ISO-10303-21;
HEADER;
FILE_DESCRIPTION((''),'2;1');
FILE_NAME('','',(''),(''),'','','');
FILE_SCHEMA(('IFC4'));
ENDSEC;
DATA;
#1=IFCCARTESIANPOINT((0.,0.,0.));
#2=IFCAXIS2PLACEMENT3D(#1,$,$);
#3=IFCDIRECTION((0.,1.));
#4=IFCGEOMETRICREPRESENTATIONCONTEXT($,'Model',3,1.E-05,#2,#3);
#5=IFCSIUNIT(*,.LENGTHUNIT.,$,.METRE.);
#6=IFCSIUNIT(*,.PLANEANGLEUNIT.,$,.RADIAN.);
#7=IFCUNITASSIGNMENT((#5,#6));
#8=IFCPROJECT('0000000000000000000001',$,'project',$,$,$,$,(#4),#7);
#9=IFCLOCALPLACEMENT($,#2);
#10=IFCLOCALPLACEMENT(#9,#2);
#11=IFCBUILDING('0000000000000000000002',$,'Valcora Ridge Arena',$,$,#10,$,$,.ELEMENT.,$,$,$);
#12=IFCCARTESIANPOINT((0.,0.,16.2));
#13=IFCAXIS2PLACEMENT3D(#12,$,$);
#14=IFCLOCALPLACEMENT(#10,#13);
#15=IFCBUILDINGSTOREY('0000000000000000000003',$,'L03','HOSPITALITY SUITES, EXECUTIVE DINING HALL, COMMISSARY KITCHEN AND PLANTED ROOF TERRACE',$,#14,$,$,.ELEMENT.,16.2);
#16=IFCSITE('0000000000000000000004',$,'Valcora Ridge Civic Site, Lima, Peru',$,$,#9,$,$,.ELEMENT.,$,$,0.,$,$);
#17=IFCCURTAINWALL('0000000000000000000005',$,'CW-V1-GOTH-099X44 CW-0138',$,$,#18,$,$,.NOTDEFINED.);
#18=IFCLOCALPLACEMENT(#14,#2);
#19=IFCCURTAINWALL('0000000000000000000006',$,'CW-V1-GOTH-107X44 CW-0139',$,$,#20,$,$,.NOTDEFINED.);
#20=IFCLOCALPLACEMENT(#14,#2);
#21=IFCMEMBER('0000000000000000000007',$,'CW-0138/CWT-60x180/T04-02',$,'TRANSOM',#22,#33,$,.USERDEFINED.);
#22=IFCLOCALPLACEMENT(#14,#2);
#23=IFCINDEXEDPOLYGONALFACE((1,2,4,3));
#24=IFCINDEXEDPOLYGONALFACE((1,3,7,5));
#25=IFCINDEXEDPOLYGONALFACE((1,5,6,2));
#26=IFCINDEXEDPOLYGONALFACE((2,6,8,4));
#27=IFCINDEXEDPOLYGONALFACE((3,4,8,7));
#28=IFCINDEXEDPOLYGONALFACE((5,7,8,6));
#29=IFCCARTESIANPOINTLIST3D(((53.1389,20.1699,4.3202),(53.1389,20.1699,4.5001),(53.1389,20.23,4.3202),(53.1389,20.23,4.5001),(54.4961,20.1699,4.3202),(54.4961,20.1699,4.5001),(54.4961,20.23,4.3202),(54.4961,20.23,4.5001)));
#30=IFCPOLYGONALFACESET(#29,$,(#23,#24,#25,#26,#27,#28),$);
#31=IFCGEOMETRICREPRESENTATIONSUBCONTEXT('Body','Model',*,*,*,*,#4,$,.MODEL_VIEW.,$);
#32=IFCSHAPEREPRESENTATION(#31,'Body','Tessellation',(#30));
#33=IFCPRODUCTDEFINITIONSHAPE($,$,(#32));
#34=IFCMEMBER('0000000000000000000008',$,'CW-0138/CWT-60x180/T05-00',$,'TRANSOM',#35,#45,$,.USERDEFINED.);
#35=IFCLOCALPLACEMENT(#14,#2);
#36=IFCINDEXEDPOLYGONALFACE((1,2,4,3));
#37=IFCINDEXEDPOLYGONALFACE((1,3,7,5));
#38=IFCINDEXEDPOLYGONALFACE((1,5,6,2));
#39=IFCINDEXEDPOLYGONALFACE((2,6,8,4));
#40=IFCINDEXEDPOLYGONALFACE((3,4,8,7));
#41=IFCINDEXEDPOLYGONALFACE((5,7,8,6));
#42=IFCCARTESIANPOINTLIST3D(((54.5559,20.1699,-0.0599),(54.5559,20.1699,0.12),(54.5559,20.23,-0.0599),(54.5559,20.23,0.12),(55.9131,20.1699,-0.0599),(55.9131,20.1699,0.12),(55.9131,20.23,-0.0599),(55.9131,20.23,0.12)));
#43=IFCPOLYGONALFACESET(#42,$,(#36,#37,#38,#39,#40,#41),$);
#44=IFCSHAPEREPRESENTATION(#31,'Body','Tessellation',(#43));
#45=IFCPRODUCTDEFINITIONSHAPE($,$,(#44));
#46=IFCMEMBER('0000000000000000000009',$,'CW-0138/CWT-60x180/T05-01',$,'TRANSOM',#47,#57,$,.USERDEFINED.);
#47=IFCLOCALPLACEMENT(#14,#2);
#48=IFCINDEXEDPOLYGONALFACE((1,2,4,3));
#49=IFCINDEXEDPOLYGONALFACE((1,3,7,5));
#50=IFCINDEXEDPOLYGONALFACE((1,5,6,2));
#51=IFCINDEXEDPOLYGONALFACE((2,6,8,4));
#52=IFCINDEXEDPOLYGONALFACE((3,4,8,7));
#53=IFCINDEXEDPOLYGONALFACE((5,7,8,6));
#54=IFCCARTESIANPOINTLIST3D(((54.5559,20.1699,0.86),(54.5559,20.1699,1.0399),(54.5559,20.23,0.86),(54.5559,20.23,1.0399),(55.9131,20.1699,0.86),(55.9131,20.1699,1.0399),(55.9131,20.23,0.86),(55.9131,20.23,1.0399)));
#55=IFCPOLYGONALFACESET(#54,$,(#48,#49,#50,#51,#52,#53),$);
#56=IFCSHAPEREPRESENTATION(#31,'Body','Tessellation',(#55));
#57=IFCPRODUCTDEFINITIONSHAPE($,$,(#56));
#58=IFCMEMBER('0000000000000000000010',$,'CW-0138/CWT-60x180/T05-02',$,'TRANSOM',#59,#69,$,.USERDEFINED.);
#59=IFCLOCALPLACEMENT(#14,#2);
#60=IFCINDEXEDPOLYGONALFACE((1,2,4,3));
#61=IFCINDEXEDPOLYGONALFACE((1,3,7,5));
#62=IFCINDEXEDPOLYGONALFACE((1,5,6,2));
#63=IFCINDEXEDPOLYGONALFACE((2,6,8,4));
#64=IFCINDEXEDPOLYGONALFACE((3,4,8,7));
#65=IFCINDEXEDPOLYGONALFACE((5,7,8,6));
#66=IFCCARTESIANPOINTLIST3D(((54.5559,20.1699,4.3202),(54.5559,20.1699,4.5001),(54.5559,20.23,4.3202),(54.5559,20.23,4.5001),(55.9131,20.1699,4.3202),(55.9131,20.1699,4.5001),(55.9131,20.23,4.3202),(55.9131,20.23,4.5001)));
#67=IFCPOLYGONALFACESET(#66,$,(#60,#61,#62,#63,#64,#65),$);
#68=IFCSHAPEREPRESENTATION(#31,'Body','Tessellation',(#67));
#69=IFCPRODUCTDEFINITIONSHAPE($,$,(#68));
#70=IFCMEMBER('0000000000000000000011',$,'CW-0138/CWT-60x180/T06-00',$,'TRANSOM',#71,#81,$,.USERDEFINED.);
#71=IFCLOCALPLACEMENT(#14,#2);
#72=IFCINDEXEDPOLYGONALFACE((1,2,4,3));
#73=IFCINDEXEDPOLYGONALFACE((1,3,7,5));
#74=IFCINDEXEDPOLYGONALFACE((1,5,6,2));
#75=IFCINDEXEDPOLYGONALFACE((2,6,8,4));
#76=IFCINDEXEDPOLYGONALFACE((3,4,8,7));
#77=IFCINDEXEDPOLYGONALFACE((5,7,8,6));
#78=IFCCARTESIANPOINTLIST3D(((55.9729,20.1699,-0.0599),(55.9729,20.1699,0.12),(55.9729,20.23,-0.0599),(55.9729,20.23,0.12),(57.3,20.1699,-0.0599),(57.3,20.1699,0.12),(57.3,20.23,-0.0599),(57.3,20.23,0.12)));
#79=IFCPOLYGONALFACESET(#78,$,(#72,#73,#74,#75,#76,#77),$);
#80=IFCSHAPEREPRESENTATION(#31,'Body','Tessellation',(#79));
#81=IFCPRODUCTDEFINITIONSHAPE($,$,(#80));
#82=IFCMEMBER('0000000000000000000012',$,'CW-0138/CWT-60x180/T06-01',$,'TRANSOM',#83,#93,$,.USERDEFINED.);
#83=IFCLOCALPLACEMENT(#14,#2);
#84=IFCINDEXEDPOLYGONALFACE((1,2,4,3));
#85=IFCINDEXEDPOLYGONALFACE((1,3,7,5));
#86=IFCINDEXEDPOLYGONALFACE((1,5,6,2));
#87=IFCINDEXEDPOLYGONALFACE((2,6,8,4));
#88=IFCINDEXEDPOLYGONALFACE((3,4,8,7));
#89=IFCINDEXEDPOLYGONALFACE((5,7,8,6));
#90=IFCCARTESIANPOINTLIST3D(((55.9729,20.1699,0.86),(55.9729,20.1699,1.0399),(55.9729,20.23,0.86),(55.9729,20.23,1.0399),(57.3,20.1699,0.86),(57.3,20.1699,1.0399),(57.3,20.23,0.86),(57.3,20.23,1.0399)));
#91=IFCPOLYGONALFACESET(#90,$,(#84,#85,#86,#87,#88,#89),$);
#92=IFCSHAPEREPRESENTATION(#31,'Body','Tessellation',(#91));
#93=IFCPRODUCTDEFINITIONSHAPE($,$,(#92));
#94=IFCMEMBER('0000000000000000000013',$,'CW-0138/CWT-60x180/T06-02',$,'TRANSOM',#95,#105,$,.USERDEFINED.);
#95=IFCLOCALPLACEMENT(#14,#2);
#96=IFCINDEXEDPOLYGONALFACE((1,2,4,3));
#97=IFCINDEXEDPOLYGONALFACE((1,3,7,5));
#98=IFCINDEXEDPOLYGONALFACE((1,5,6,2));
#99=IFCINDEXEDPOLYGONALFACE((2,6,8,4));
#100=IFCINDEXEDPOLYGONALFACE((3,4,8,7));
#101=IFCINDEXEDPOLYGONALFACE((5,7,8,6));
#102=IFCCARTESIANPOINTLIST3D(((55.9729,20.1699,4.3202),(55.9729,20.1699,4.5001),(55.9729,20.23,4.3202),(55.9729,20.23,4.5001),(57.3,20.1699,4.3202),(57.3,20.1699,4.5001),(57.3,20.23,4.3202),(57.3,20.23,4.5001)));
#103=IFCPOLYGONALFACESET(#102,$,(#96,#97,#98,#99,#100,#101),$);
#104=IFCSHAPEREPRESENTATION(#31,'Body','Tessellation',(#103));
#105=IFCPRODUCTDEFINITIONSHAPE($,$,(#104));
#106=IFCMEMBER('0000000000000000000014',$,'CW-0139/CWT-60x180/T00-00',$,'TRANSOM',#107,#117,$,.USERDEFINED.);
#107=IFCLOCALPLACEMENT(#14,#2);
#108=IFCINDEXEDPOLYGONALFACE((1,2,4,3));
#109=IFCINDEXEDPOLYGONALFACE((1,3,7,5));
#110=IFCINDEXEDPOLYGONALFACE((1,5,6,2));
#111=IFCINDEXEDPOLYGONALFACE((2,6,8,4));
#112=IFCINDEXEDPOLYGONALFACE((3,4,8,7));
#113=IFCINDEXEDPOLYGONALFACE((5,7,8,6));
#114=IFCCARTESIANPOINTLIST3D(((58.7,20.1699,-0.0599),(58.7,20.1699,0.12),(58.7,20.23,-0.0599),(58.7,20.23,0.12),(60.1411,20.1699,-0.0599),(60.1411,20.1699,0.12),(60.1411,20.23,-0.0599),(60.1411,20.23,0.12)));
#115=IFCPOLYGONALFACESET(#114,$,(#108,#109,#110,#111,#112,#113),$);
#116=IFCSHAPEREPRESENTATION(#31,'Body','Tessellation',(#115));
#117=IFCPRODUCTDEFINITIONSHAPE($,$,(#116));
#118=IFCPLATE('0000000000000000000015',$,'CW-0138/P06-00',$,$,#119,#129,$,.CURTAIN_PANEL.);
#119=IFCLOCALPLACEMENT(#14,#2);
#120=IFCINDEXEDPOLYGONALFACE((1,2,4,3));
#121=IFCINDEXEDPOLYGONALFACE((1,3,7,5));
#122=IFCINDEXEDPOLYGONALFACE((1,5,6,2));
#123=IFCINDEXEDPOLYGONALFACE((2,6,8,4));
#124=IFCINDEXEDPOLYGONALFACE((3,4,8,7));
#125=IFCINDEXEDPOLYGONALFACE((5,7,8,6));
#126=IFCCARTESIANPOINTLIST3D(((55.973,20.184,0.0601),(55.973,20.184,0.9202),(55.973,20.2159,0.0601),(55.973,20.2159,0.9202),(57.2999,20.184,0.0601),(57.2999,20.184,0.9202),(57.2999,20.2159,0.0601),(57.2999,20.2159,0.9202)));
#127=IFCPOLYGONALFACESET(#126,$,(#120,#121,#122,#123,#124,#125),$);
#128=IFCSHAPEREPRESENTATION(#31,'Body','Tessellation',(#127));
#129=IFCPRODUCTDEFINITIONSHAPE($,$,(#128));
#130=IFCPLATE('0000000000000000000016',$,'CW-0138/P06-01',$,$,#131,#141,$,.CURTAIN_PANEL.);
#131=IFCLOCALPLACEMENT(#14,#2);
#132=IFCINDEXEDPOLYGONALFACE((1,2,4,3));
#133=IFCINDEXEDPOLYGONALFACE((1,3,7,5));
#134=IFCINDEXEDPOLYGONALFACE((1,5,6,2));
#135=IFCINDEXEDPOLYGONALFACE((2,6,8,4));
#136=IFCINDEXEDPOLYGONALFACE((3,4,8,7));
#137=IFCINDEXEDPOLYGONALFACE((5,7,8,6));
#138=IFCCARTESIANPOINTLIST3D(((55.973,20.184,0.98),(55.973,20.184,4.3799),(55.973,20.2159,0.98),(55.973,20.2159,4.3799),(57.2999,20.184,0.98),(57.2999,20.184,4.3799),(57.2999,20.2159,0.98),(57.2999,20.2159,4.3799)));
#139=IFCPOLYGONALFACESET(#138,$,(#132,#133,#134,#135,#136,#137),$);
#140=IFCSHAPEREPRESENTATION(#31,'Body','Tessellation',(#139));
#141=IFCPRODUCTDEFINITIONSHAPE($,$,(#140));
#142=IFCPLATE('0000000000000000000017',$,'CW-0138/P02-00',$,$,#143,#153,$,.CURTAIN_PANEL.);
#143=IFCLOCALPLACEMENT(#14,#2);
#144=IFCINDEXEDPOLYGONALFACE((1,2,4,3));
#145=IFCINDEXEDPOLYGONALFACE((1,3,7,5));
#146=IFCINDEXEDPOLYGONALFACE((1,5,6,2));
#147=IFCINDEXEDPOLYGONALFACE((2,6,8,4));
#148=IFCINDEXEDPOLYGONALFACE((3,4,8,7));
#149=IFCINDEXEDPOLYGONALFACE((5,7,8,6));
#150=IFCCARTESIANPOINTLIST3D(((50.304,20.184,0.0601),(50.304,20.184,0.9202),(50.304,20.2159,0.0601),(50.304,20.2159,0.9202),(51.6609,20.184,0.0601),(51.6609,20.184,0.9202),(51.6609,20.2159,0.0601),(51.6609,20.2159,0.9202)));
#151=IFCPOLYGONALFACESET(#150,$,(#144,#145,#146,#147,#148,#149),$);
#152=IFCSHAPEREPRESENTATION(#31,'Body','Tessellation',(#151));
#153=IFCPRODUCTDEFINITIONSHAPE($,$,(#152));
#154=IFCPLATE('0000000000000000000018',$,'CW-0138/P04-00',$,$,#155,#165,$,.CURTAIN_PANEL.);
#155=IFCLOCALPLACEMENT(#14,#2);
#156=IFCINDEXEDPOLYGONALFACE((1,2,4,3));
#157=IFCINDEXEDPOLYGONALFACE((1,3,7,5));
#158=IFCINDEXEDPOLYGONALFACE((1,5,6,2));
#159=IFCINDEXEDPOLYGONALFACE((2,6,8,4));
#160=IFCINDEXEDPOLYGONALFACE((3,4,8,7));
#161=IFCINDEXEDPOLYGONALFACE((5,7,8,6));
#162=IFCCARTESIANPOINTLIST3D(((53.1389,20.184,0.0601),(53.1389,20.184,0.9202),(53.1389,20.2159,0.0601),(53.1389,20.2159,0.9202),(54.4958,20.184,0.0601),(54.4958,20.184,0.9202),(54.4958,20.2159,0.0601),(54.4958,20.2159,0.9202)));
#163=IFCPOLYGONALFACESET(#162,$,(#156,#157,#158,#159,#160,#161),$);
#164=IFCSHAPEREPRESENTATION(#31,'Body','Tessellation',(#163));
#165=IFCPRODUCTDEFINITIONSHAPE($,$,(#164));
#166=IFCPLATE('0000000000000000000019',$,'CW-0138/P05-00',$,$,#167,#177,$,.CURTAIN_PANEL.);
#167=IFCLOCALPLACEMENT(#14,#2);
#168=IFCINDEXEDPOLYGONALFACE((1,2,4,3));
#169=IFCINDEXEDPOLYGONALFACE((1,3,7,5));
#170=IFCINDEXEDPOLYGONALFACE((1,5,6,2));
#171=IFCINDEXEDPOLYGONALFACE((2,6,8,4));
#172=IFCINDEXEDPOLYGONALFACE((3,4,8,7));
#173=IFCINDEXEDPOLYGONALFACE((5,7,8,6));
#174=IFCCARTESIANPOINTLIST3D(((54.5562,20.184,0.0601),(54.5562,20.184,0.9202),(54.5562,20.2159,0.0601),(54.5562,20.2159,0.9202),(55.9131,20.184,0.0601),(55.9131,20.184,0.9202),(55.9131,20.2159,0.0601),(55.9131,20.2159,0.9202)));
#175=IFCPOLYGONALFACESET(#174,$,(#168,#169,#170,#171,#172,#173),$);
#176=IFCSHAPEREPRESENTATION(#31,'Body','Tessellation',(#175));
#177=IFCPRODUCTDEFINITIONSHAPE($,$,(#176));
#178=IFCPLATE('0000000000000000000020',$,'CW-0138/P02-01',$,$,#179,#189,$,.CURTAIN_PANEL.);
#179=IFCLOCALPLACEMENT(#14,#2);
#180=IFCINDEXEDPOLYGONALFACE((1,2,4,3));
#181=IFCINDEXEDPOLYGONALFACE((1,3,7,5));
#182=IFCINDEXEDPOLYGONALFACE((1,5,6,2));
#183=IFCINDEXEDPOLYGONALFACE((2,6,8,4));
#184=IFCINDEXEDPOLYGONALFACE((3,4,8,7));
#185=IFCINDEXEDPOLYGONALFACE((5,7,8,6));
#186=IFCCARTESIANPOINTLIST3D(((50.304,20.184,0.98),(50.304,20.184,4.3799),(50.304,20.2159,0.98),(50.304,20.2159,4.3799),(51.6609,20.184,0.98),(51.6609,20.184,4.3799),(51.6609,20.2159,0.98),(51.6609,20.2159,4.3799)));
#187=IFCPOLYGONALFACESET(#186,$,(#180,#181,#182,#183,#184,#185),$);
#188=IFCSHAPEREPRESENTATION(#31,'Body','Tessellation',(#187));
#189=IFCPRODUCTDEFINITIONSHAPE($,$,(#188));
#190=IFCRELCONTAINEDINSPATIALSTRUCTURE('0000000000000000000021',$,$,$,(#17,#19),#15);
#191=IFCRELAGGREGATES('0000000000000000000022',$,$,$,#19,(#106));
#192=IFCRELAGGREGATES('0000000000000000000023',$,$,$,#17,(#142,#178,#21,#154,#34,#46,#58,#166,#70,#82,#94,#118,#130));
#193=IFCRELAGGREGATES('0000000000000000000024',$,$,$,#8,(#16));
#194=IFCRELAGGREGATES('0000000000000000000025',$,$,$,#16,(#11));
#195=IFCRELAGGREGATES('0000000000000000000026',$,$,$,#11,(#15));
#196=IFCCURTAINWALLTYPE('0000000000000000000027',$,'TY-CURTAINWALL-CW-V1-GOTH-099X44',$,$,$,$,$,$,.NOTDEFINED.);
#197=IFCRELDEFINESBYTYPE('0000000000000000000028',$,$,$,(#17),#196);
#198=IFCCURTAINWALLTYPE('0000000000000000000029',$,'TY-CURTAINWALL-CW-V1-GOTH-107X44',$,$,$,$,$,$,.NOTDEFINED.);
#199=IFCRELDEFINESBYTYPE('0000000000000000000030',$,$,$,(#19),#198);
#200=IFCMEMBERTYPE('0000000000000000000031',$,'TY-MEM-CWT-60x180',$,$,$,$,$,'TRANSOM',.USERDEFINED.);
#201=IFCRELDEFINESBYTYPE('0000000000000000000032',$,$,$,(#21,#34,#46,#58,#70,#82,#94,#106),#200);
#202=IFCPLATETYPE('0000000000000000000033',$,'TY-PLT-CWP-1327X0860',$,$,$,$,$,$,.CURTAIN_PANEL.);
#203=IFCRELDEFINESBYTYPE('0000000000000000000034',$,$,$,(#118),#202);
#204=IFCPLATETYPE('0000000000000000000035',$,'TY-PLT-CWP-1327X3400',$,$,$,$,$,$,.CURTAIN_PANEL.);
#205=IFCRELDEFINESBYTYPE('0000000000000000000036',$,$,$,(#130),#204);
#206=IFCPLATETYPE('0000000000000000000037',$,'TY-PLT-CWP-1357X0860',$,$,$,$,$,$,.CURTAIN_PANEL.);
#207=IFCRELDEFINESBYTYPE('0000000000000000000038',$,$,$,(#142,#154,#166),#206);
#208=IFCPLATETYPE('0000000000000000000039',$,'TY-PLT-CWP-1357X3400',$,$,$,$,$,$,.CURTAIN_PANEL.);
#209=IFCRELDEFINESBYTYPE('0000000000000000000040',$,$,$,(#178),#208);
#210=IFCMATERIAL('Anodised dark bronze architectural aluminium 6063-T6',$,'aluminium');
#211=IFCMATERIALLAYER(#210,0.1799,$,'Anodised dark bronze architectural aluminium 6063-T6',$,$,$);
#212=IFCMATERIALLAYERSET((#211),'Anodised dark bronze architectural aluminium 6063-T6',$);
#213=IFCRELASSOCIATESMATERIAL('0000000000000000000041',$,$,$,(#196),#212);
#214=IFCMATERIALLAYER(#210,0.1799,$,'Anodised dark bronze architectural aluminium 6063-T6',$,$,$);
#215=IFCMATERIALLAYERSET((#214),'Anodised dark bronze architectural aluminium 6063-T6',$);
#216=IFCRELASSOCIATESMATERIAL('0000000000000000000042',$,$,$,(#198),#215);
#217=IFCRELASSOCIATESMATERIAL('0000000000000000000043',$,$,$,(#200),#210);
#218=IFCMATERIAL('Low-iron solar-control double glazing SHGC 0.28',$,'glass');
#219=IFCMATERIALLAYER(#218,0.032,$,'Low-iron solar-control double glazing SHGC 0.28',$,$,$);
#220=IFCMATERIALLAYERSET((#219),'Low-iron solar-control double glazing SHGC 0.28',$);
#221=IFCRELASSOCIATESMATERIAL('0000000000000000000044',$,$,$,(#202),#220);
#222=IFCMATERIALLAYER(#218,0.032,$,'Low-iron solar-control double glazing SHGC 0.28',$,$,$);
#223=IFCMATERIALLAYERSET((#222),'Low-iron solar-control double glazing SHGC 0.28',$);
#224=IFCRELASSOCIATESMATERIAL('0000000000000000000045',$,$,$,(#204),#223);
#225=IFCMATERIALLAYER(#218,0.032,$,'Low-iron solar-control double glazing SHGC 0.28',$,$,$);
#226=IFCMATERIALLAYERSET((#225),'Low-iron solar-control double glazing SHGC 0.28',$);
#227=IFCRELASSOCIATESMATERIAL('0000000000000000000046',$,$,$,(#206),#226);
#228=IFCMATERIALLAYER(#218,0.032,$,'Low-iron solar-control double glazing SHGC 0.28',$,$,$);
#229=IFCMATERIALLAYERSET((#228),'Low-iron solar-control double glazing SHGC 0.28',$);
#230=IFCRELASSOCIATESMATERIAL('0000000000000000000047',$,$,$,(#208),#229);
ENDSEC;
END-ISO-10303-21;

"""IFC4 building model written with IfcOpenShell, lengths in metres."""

from ifc_helpers import new_model, si_unit, direction, frame, origin, origin_2d, place, context, subcontext, project, spatial, rectangle, extrude, material, layer, layer_set, material_profile, profile_set, type_object, element, aggregate, save


model = new_model("IFC4")

# Units and contexts
model_context = context("Model", 3, precision=1e-05, world=origin(), true_north=direction((0.0, 1.0)))
body_context = subcontext(model_context, "Body", "Model", "MODEL_VIEW")
ifc_project = project(units=[si_unit("LENGTHUNIT", "METRE"), si_unit("PLANEANGLEUNIT", "RADIAN")], contexts=[model_context])

# Site, building, storey
site_placement = place(None, origin())
site = spatial("IfcSite", under=ifc_project, at=site_placement, Name="Valcora Ridge Civic Site, Lima, Peru", CompositionType="ELEMENT", RefElevation=0.0)
building_placement = place(site_placement, origin())
building = spatial("IfcBuilding", under=site, at=building_placement, Name="Valcora Ridge Arena", CompositionType="ELEMENT")
storey_placement = place(building_placement, frame((0.0, 0.0, 16.2)))
storey = spatial("IfcBuildingStorey", under=building, at=storey_placement, Name="L03", Description="HOSPITALITY SUITES, EXECUTIVE DINING HALL, COMMISSARY KITCHEN AND PLANTED ROOF TERRACE", CompositionType="ELEMENT", Elevation=16.2)

# Curtain wall
ifc_material_1 = material(Name="Anodised dark bronze architectural aluminium 6063-T6", Category="aluminium")
ifc_layer_1 = layer(ifc_material_1, 0.1799, Name="Anodised dark bronze architectural aluminium 6063-T6")
ifc_layer_set_1 = layer_set([ifc_layer_1], Name="Anodised dark bronze architectural aluminium 6063-T6")
curtain_wall_type_1 = type_object("IfcCurtainWallType", Name="TY-CURTAINWALL-CW-V1-GOTH-099X44", PredefinedType="NOTDEFINED", material=ifc_layer_set_1)
curtain_wall_1_placement = place(storey_placement, origin())
curtain_wall_1 = element("IfcCurtainWall", 1, at=curtain_wall_1_placement, inside=storey, type_object=curtain_wall_type_1, Name="CW-V1-GOTH-099X44 CW-0138", PredefinedType="NOTDEFINED")

# Curtain wall
ifc_layer_2 = layer(ifc_material_1, 0.1799, Name="Anodised dark bronze architectural aluminium 6063-T6")
ifc_layer_set_2 = layer_set([ifc_layer_2], Name="Anodised dark bronze architectural aluminium 6063-T6")
curtain_wall_type_2 = type_object("IfcCurtainWallType", Name="TY-CURTAINWALL-CW-V1-GOTH-107X44", PredefinedType="NOTDEFINED", material=ifc_layer_set_2)
curtain_wall_2_placement = place(storey_placement, origin())
curtain_wall_2 = element("IfcCurtainWall", 2, at=curtain_wall_2_placement, inside=storey, type_object=curtain_wall_type_2, Name="CW-V1-GOTH-107X44 CW-0139", PredefinedType="NOTDEFINED")

# Members
ifc_material_profile_1 = material_profile(ifc_material_1, rectangle(XDim=0.0601, YDim=0.1799, at=origin_2d()), Name="ALU TRANSOM 60x180")
ifc_profile_set_1 = profile_set([ifc_material_profile_1], Name="Anodised dark bronze architectural aluminium 6063-T6")
member_type_1 = type_object("IfcMemberType", Name="TY-MEM-CWT-60x180", ElementType="TRANSOM", PredefinedType="USERDEFINED", material=ifc_profile_set_1)
member_1_placement = place(storey_placement, frame((53.1389, 20.2, 4.4102), z_axis=(1.0, 0.0, 0.0), x_axis=(0.0, 1.0, 0.0)))
member_1 = element("IfcMember", 3, at=member_1_placement, type_object=member_type_1, Name="CW-0138/CWT-60x180/T04-02", ObjectType="TRANSOM", PredefinedType="USERDEFINED", context=body_context, shape_type="SweptSolid", body=[
    extrude(rectangle(XDim=0.0601, YDim=0.1799, at=origin_2d()), origin(), (0.0, 0.0, 1.0), 1.3572),
])
member_2_placement = place(storey_placement, frame((54.5559, 20.2, 0.03), z_axis=(1.0, 0.0, 0.0), x_axis=(0.0, 1.0, 0.0)))
member_2 = element("IfcMember", 4, at=member_2_placement, type_object=member_type_1, Name="CW-0138/CWT-60x180/T05-00", ObjectType="TRANSOM", PredefinedType="USERDEFINED", context=body_context, shape_type="SweptSolid", body=[
    extrude(rectangle(XDim=0.0601, YDim=0.1799, at=origin_2d()), origin(), (0.0, 0.0, 1.0), 1.3572),
])
member_3_placement = place(storey_placement, frame((54.5559, 20.2, 0.95), z_axis=(1.0, 0.0, 0.0), x_axis=(0.0, 1.0, 0.0)))
member_3 = element("IfcMember", 5, at=member_3_placement, type_object=member_type_1, Name="CW-0138/CWT-60x180/T05-01", ObjectType="TRANSOM", PredefinedType="USERDEFINED", context=body_context, shape_type="SweptSolid", body=[
    extrude(rectangle(XDim=0.0601, YDim=0.1799, at=origin_2d()), origin(), (0.0, 0.0, 1.0), 1.3572),
])
member_4_placement = place(storey_placement, frame((54.5559, 20.2, 4.4102), z_axis=(1.0, 0.0, 0.0), x_axis=(0.0, 1.0, 0.0)))
member_4 = element("IfcMember", 6, at=member_4_placement, type_object=member_type_1, Name="CW-0138/CWT-60x180/T05-02", ObjectType="TRANSOM", PredefinedType="USERDEFINED", context=body_context, shape_type="SweptSolid", body=[
    extrude(rectangle(XDim=0.0601, YDim=0.1799, at=origin_2d()), origin(), (0.0, 0.0, 1.0), 1.3572),
])
member_5_placement = place(storey_placement, frame((55.9729, 20.2, 0.03), z_axis=(1.0, 0.0, 0.0), x_axis=(0.0, 1.0, 0.0)))
member_5 = element("IfcMember", 7, at=member_5_placement, type_object=member_type_1, Name="CW-0138/CWT-60x180/T06-00", ObjectType="TRANSOM", PredefinedType="USERDEFINED", context=body_context, shape_type="SweptSolid", body=[
    extrude(rectangle(XDim=0.0601, YDim=0.1799, at=origin_2d()), origin(), (0.0, 0.0, 1.0), 1.3271),
])
member_6_placement = place(storey_placement, frame((55.9729, 20.2, 0.95), z_axis=(1.0, 0.0, 0.0), x_axis=(0.0, 1.0, 0.0)))
member_6 = element("IfcMember", 8, at=member_6_placement, type_object=member_type_1, Name="CW-0138/CWT-60x180/T06-01", ObjectType="TRANSOM", PredefinedType="USERDEFINED", context=body_context, shape_type="SweptSolid", body=[
    extrude(rectangle(XDim=0.0601, YDim=0.1799, at=origin_2d()), origin(), (0.0, 0.0, 1.0), 1.3271),
])
member_7_placement = place(storey_placement, frame((55.9729, 20.2, 4.4102), z_axis=(1.0, 0.0, 0.0), x_axis=(0.0, 1.0, 0.0)))
member_7 = element("IfcMember", 9, at=member_7_placement, type_object=member_type_1, Name="CW-0138/CWT-60x180/T06-02", ObjectType="TRANSOM", PredefinedType="USERDEFINED", context=body_context, shape_type="SweptSolid", body=[
    extrude(rectangle(XDim=0.0601, YDim=0.1799, at=origin_2d()), origin(), (0.0, 0.0, 1.0), 1.3271),
])
member_8_placement = place(storey_placement, frame((58.7, 20.2, 0.03), z_axis=(1.0, 0.0, 0.0), x_axis=(0.0, 1.0, 0.0)))
member_8 = element("IfcMember", 10, at=member_8_placement, type_object=member_type_1, Name="CW-0139/CWT-60x180/T00-00", ObjectType="TRANSOM", PredefinedType="USERDEFINED", context=body_context, shape_type="SweptSolid", body=[
    extrude(rectangle(XDim=0.0601, YDim=0.1799, at=origin_2d()), origin(), (0.0, 0.0, 1.0), 1.4412),
])
aggregate(curtain_wall_2, [member_8])

# Plates
ifc_material_2 = material(Name="Low-iron solar-control double glazing SHGC 0.28", Category="glass")
ifc_layer_3 = layer(ifc_material_2, 0.032, Name="Low-iron solar-control double glazing SHGC 0.28")
ifc_layer_set_3 = layer_set([ifc_layer_3], Name="Low-iron solar-control double glazing SHGC 0.28")
plate_type_1 = type_object("IfcPlateType", Name="TY-PLT-CWP-1327X0860", PredefinedType="CURTAIN_PANEL", material=ifc_layer_set_3)
plate_1_placement = place(storey_placement, frame((56.6365, 20.2, 0.0601), z_axis=(0.0, 0.0, 1.0), x_axis=(1.0, 0.0, 0.0)))
plate_1 = element("IfcPlate", 11, at=plate_1_placement, type_object=plate_type_1, Name="CW-0138/P06-00", PredefinedType="CURTAIN_PANEL", context=body_context, shape_type="SweptSolid", body=[
    extrude(rectangle(XDim=1.3269, YDim=0.032, at=origin_2d()), origin(), (0.0, 0.0, 1.0), 0.8601),
])
ifc_layer_4 = layer(ifc_material_2, 0.032, Name="Low-iron solar-control double glazing SHGC 0.28")
ifc_layer_set_4 = layer_set([ifc_layer_4], Name="Low-iron solar-control double glazing SHGC 0.28")
plate_type_2 = type_object("IfcPlateType", Name="TY-PLT-CWP-1327X3400", PredefinedType="CURTAIN_PANEL", material=ifc_layer_set_4)
plate_2_placement = place(storey_placement, frame((56.6365, 20.2, 0.98), z_axis=(0.0, 0.0, 1.0), x_axis=(1.0, 0.0, 0.0)))
plate_2 = element("IfcPlate", 12, at=plate_2_placement, type_object=plate_type_2, Name="CW-0138/P06-01", PredefinedType="CURTAIN_PANEL", context=body_context, shape_type="SweptSolid", body=[
    extrude(rectangle(XDim=1.3269, YDim=0.032, at=origin_2d()), origin(), (0.0, 0.0, 1.0), 3.3999),
])
ifc_layer_5 = layer(ifc_material_2, 0.032, Name="Low-iron solar-control double glazing SHGC 0.28")
ifc_layer_set_5 = layer_set([ifc_layer_5], Name="Low-iron solar-control double glazing SHGC 0.28")
plate_type_3 = type_object("IfcPlateType", Name="TY-PLT-CWP-1357X0860", PredefinedType="CURTAIN_PANEL", material=ifc_layer_set_5)
plate_3_placement = place(storey_placement, frame((50.9824, 20.2, 0.0601), z_axis=(0.0, 0.0, 1.0), x_axis=(1.0, 0.0, 0.0)))
plate_3 = element("IfcPlate", 13, at=plate_3_placement, type_object=plate_type_3, Name="CW-0138/P02-00", PredefinedType="CURTAIN_PANEL", context=body_context, shape_type="SweptSolid", body=[
    extrude(rectangle(XDim=1.3569, YDim=0.032, at=origin_2d()), origin(), (0.0, 0.0, 1.0), 0.8601),
])
plate_4_placement = place(storey_placement, frame((53.8174, 20.2, 0.0601), z_axis=(0.0, 0.0, 1.0), x_axis=(1.0, 0.0, 0.0)))
plate_4 = element("IfcPlate", 14, at=plate_4_placement, type_object=plate_type_3, Name="CW-0138/P04-00", PredefinedType="CURTAIN_PANEL", context=body_context, shape_type="SweptSolid", body=[
    extrude(rectangle(XDim=1.3569, YDim=0.032, at=origin_2d()), origin(), (0.0, 0.0, 1.0), 0.8601),
])
plate_5_placement = place(storey_placement, frame((55.2346, 20.2, 0.0601), z_axis=(0.0, 0.0, 1.0), x_axis=(1.0, 0.0, 0.0)))
plate_5 = element("IfcPlate", 15, at=plate_5_placement, type_object=plate_type_3, Name="CW-0138/P05-00", PredefinedType="CURTAIN_PANEL", context=body_context, shape_type="SweptSolid", body=[
    extrude(rectangle(XDim=1.3569, YDim=0.032, at=origin_2d()), origin(), (0.0, 0.0, 1.0), 0.8601),
])
ifc_layer_6 = layer(ifc_material_2, 0.032, Name="Low-iron solar-control double glazing SHGC 0.28")
ifc_layer_set_6 = layer_set([ifc_layer_6], Name="Low-iron solar-control double glazing SHGC 0.28")
plate_type_4 = type_object("IfcPlateType", Name="TY-PLT-CWP-1357X3400", PredefinedType="CURTAIN_PANEL", material=ifc_layer_set_6)
plate_6_placement = place(storey_placement, frame((50.9824, 20.2, 0.98), z_axis=(0.0, 0.0, 1.0), x_axis=(1.0, 0.0, 0.0)))
plate_6 = element("IfcPlate", 16, at=plate_6_placement, type_object=plate_type_4, Name="CW-0138/P02-01", PredefinedType="CURTAIN_PANEL", context=body_context, shape_type="SweptSolid", body=[
    extrude(rectangle(XDim=1.3569, YDim=0.032, at=origin_2d()), origin(), (0.0, 0.0, 1.0), 3.3999),
])
aggregate(curtain_wall_1, [plate_3, plate_6, member_1, plate_4, member_2, member_3, member_4, plate_5, member_5, member_6, member_7, plate_1, plate_2])

save(model, "model.ifc")
